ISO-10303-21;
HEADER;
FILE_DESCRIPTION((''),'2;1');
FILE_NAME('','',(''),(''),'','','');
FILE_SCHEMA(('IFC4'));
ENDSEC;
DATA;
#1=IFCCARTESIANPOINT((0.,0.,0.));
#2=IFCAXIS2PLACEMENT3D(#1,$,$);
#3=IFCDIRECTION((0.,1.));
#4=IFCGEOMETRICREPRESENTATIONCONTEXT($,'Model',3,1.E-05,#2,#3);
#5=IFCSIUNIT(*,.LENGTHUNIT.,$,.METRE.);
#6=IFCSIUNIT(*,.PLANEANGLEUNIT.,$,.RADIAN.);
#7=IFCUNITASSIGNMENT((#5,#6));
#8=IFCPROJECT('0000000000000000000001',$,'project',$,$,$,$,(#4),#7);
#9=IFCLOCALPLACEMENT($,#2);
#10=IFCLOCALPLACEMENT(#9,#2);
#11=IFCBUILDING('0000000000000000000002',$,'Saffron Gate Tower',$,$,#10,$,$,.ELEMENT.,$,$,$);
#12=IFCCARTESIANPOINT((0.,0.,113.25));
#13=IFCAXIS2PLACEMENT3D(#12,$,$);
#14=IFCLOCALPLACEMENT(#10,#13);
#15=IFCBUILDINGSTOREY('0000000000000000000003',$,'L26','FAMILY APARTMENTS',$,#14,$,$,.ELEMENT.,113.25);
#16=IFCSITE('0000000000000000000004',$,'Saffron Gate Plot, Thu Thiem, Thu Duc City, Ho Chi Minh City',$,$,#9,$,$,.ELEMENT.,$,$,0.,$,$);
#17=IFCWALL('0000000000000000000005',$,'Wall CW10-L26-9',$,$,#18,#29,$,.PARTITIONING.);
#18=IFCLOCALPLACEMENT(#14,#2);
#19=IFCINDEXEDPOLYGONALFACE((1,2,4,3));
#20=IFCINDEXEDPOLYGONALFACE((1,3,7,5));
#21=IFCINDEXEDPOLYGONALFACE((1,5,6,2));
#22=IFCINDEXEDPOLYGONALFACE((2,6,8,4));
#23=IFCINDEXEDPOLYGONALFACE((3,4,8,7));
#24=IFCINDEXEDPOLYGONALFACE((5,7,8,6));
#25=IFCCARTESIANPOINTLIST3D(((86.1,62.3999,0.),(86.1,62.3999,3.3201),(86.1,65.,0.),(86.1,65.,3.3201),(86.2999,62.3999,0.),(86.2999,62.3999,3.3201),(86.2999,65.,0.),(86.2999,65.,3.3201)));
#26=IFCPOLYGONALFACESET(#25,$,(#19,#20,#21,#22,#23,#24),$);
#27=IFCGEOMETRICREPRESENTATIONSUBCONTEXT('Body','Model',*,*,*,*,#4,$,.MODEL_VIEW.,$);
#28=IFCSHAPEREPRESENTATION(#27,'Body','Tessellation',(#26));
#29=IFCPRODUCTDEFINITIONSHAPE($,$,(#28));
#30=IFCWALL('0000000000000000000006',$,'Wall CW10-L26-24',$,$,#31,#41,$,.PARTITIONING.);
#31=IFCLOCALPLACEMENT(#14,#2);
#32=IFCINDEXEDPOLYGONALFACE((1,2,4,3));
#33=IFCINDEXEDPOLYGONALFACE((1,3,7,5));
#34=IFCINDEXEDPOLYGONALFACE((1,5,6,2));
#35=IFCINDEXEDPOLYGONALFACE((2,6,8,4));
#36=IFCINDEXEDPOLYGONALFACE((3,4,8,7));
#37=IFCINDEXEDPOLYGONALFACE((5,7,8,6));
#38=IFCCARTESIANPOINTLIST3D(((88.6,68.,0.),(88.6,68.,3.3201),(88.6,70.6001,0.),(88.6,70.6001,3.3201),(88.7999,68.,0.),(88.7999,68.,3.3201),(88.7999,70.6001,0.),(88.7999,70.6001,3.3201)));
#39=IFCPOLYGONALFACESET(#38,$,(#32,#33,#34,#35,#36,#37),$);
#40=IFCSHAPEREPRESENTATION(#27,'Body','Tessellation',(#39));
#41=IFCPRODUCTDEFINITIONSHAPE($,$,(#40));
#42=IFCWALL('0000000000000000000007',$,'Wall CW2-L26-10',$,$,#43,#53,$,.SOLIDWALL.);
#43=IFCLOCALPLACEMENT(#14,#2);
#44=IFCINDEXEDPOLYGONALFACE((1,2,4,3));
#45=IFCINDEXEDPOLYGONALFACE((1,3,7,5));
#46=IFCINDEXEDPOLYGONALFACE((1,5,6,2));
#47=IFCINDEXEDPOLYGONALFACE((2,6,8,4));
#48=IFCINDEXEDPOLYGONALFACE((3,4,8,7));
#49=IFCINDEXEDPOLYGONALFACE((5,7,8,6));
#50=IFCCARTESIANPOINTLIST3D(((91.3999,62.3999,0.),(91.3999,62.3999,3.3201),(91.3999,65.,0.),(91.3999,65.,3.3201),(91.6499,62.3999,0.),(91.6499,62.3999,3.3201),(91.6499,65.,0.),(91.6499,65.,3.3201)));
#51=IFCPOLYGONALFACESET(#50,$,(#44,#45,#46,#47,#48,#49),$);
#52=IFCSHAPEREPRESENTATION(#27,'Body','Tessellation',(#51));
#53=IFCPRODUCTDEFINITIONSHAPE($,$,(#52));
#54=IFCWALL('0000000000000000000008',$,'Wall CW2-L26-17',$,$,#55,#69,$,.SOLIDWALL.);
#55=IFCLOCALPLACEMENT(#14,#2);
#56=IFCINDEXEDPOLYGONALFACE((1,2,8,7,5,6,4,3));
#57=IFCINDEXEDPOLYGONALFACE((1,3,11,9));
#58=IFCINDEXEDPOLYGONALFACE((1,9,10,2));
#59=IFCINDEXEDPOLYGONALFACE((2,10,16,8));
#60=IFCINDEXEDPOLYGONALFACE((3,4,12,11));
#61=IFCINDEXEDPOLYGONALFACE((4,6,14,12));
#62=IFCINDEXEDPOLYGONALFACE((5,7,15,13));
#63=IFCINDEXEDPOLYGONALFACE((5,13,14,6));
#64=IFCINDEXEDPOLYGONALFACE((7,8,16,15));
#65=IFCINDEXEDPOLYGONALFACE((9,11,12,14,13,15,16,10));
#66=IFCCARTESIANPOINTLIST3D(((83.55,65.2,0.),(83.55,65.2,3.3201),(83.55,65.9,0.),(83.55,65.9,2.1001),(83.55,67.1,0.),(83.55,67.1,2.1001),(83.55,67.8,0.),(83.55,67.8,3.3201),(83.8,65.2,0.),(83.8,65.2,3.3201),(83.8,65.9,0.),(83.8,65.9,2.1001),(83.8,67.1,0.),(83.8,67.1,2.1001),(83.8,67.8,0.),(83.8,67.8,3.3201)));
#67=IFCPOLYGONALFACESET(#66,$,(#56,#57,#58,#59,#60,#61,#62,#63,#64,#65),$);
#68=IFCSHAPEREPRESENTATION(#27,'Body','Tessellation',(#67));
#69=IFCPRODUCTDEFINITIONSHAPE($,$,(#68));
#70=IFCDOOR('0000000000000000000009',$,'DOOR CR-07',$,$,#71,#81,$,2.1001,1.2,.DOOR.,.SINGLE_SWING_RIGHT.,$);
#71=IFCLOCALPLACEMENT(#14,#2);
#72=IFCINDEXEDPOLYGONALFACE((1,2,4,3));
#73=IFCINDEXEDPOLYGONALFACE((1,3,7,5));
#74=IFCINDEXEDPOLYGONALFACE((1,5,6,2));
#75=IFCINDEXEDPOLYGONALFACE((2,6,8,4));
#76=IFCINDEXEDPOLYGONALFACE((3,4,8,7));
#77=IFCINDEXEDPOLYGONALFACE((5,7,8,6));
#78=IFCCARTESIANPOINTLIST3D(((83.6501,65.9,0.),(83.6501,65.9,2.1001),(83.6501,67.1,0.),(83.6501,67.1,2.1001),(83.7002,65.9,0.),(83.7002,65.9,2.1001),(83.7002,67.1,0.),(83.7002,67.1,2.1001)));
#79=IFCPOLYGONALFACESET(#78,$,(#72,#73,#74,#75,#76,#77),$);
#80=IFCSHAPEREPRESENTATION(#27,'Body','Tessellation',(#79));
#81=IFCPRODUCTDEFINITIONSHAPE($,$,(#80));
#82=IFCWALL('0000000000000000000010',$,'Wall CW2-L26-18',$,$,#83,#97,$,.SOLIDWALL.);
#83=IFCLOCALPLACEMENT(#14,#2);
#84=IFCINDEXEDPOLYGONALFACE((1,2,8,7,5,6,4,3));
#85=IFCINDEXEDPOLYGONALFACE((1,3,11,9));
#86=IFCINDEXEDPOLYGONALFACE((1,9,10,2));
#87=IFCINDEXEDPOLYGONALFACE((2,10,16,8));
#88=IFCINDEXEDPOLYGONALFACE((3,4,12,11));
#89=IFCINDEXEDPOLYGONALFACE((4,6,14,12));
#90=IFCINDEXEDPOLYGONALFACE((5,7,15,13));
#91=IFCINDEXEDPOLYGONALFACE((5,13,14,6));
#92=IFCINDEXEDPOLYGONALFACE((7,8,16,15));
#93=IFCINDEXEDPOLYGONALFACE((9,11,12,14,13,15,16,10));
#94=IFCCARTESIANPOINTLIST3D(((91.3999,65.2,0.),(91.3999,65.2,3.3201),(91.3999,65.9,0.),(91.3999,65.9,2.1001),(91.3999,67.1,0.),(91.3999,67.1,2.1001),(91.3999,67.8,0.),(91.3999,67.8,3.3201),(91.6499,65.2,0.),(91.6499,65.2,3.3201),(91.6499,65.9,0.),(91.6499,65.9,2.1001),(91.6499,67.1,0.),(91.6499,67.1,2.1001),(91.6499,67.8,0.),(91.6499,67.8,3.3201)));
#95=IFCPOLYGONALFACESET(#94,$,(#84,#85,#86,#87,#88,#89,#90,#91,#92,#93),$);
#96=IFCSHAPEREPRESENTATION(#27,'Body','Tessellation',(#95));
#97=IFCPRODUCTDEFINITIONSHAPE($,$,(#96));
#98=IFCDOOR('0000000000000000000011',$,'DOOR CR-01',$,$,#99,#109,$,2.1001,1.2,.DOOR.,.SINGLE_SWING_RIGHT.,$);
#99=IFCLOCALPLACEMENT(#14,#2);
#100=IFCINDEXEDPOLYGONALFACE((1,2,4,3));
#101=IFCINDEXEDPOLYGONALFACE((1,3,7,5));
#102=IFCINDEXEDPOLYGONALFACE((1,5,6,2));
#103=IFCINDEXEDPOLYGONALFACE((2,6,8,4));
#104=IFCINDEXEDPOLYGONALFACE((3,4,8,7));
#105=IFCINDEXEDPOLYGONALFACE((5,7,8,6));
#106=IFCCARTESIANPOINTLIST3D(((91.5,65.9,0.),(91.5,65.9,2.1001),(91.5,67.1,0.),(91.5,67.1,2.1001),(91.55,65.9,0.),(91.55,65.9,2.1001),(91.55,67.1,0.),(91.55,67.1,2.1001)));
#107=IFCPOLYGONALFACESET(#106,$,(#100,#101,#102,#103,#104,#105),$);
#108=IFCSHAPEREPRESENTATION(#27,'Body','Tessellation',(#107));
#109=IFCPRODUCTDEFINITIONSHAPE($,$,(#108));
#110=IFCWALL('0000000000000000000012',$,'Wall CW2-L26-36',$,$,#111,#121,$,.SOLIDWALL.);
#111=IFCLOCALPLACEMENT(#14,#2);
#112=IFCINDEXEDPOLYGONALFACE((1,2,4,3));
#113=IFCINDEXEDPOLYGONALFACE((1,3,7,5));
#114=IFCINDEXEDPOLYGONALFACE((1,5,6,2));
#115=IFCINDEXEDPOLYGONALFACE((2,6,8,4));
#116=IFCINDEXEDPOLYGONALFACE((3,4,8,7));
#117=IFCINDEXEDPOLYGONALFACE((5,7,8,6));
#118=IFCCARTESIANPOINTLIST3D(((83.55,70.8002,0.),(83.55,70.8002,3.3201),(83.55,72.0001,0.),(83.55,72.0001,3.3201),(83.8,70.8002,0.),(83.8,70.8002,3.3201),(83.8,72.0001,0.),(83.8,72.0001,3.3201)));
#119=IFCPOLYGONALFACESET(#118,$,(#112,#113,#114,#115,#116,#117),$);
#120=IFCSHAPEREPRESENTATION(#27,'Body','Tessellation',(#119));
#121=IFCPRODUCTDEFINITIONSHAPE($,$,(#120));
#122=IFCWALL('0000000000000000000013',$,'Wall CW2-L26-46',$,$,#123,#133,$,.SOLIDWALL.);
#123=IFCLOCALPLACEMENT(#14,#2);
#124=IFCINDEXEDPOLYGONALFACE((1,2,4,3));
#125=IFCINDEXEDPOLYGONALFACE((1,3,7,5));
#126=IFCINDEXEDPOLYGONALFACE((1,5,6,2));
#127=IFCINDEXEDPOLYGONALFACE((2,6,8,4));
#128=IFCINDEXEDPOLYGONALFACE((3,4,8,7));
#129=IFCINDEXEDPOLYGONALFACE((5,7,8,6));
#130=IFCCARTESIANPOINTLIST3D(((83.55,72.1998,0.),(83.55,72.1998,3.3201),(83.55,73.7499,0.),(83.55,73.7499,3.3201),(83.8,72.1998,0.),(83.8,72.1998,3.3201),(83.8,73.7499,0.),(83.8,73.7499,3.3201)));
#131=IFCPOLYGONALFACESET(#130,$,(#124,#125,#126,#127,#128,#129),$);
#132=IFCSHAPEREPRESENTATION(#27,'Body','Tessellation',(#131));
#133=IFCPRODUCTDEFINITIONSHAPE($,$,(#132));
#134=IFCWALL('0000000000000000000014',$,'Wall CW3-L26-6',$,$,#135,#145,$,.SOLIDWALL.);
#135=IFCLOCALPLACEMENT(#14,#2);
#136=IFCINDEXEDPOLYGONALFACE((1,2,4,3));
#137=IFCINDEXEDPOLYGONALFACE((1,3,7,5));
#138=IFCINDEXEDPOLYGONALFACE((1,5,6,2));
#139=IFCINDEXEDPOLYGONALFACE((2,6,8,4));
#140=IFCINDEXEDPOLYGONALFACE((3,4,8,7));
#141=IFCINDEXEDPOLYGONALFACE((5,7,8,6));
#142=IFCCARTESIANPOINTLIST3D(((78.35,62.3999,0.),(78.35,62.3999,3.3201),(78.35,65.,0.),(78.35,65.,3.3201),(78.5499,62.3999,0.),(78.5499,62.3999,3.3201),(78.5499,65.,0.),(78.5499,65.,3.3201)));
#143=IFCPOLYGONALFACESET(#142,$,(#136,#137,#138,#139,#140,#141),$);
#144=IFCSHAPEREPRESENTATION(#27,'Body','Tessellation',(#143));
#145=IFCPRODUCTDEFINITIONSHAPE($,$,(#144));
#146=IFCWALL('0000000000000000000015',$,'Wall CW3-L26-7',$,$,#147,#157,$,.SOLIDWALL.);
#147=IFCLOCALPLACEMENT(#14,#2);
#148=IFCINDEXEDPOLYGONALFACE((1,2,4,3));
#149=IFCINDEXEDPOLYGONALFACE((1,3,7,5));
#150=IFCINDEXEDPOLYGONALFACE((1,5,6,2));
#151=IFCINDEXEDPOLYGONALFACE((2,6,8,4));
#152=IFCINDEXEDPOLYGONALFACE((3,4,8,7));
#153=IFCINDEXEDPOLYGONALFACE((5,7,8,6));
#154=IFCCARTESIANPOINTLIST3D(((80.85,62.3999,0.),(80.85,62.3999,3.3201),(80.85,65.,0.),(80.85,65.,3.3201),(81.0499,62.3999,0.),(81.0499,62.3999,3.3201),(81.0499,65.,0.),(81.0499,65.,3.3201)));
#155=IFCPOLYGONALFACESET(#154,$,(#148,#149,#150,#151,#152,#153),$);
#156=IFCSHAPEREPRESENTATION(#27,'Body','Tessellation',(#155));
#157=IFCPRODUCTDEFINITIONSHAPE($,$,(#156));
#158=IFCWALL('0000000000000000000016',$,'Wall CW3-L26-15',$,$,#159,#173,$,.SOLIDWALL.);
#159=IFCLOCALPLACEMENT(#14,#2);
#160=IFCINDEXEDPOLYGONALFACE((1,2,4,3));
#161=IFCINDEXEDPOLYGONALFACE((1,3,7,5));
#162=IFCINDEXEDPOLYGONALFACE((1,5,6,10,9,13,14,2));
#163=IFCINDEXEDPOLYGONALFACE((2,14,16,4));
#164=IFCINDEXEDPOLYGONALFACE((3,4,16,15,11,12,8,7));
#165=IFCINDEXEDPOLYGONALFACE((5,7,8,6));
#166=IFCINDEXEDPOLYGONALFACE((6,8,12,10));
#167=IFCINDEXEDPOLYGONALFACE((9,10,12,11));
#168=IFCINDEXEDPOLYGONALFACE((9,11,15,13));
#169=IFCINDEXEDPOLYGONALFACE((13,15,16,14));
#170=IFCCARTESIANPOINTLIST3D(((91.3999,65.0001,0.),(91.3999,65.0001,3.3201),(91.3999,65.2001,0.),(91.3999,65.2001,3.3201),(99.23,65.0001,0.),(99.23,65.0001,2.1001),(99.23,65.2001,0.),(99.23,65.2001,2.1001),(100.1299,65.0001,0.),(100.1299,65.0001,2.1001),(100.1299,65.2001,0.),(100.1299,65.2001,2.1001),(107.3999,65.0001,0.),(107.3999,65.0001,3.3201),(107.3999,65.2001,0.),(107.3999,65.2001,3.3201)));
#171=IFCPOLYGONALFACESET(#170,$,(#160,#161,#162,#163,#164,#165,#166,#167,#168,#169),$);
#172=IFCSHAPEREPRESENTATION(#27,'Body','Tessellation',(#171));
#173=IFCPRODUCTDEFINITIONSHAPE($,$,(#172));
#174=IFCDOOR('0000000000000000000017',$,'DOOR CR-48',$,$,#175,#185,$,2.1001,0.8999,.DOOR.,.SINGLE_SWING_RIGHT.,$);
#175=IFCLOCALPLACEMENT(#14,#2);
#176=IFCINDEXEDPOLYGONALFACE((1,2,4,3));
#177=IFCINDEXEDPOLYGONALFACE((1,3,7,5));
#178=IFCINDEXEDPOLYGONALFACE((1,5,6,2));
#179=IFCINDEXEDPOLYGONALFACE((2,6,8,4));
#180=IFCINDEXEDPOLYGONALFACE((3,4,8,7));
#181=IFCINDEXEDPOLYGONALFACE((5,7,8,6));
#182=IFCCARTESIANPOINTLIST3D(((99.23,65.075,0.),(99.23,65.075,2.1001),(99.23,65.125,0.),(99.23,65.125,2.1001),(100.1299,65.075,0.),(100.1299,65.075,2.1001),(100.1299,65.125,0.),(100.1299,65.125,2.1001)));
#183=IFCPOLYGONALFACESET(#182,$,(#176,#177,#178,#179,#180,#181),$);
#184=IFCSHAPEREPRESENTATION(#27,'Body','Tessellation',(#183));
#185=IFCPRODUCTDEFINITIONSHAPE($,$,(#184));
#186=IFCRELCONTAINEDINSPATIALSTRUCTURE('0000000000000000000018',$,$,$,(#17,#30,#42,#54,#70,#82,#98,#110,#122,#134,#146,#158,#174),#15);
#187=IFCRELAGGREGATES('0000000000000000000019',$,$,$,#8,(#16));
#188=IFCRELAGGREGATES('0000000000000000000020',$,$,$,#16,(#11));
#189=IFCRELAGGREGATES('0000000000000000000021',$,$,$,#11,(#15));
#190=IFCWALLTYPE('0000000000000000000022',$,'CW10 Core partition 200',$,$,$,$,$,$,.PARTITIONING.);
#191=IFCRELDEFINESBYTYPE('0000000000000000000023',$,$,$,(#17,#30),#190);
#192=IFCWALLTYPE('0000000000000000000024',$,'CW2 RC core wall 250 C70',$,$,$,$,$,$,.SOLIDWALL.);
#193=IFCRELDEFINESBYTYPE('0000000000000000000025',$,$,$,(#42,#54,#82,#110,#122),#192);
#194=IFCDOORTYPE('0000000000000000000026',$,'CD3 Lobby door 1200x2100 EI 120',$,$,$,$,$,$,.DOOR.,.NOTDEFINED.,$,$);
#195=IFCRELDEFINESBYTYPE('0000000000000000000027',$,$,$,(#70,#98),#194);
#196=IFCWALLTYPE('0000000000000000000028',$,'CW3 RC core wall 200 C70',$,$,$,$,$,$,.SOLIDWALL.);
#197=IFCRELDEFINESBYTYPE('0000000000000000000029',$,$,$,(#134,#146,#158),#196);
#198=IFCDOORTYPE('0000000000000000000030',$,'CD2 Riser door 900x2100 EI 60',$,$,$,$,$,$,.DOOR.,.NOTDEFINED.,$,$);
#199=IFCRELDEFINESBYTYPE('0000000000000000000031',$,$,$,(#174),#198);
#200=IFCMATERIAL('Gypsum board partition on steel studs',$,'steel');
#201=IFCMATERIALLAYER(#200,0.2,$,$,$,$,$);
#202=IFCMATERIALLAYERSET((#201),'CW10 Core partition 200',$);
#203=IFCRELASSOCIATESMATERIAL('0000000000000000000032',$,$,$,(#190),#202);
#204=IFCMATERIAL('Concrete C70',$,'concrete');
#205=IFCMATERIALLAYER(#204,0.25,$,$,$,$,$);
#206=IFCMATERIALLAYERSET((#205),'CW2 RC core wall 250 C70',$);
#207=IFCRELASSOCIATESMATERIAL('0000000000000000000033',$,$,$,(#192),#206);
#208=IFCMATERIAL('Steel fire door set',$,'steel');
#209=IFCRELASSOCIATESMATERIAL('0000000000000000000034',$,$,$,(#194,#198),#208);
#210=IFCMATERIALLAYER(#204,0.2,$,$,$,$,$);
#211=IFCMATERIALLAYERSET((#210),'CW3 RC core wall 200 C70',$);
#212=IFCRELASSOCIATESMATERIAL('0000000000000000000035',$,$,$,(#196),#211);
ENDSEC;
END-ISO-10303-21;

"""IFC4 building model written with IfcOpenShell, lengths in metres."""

from ifc_helpers import new_model, si_unit, direction, frame, frame_2d, origin, place, context, subcontext, project, spatial, rectangle, extrude, material, layer, layer_set, type_object, element, fill, save


model = new_model("IFC4")

# Units and contexts
model_context = context("Model", 3, precision=1e-05, world=origin(), true_north=direction((0.0, 1.0)))
body_context = subcontext(model_context, "Body", "Model", "MODEL_VIEW")
ifc_project = project(units=[si_unit("LENGTHUNIT", "METRE"), si_unit("PLANEANGLEUNIT", "RADIAN")], contexts=[model_context])

# Site, building, storey
site_placement = place(None, origin())
site = spatial("IfcSite", under=ifc_project, at=site_placement, Name="Saffron Gate Plot, Thu Thiem, Thu Duc City, Ho Chi Minh City", CompositionType="ELEMENT", RefElevation=0.0)
building_placement = place(site_placement, origin())
building = spatial("IfcBuilding", under=site, at=building_placement, Name="Saffron Gate Tower", CompositionType="ELEMENT")
storey_placement = place(building_placement, frame((0.0, 0.0, 113.25)))
storey = spatial("IfcBuildingStorey", under=building, at=storey_placement, Name="L26", Description="FAMILY APARTMENTS", CompositionType="ELEMENT", Elevation=113.25)

# Walls
ifc_material_1 = material(Name="Gypsum board partition on steel studs", Category="steel")
ifc_layer_1 = layer(ifc_material_1, 0.2)
ifc_layer_set_1 = layer_set([ifc_layer_1], Name="CW10 Core partition 200")
wall_type_1 = type_object("IfcWallType", Name="CW10 Core partition 200", PredefinedType="PARTITIONING", material=ifc_layer_set_1)
for number, where, z_axis, x_axis, name in (
    (1, (86.2, 62.3999, 0.0), (0.0, 0.0, 1.0), (0.0, 1.0, 0.0), "Wall CW10-L26-9"),
    (2, (88.7, 68.0, 0.0), (0.0, 0.0, 1.0), (0.0, 1.0, 0.0), "Wall CW10-L26-24"),
):
    element("IfcWall", number, at=place(storey_placement, frame(where, z_axis=z_axis, x_axis=x_axis)), inside=storey, type_object=wall_type_1, Name=name, PredefinedType="PARTITIONING", context=body_context, shape_type="SweptSolid", body=[
        extrude(rectangle(XDim=2.6001, YDim=0.2, at=frame_2d((1.3, 0.0))), origin(), (0.0, 0.0, 1.0), 3.3201),
    ])
ifc_material_2 = material(Name="Concrete C70", Category="concrete")
ifc_layer_2 = layer(ifc_material_2, 0.25)
ifc_layer_set_2 = layer_set([ifc_layer_2], Name="CW2 RC core wall 250 C70")
wall_type_2 = type_object("IfcWallType", Name="CW2 RC core wall 250 C70", PredefinedType="SOLIDWALL", material=ifc_layer_set_2)
wall_1_placement = place(storey_placement, frame((91.5249, 62.3999, 0.0), z_axis=(0.0, 0.0, 1.0), x_axis=(0.0, 1.0, 0.0)))
element("IfcWall", 3, at=wall_1_placement, inside=storey, type_object=wall_type_2, Name="Wall CW2-L26-10", PredefinedType="SOLIDWALL", context=body_context, shape_type="SweptSolid", body=[
    extrude(rectangle(XDim=2.6001, YDim=0.25, at=frame_2d((1.3, 0.0))), origin(), (0.0, 0.0, 1.0), 3.3201),
])

# Walls, openings, doors
wall_2_placement = place(storey_placement, frame((83.675, 65.2, 0.0), z_axis=(0.0, 0.0, 1.0), x_axis=(0.0, 1.0, 0.0)))
wall_2 = element("IfcWall", 4, at=wall_2_placement, inside=storey, type_object=wall_type_2, Name="Wall CW2-L26-17", PredefinedType="SOLIDWALL", context=body_context, shape_type="SweptSolid", body=[
    extrude(rectangle(XDim=2.6001, YDim=0.25, at=frame_2d((1.3, 0.0))), origin(), (0.0, 0.0, 1.0), 3.3201),
])
opening_1_placement = place(wall_2_placement, frame((0.7, 0.0, 0.0)))
opening_1 = element("IfcOpeningElement", 5, at=opening_1_placement, cuts=wall_2, PredefinedType="OPENING", context=body_context, shape_type="SweptSolid", body=[
    extrude(rectangle(XDim=1.2, YDim=2.1001, at=frame_2d((0.6001, 1.05))), frame((0.0, 0.135, 0.0), z_axis=(0.0, -1.0, 0.0), x_axis=(1.0, 0.0, 0.0)), (0.0, 0.0, 1.0), 0.27),
])
ifc_material_3 = material(Name="Steel fire door set", Category="steel")
door_type_1 = type_object("IfcDoorType", Name="CD3 Lobby door 1200x2100 EI 120", OperationType="NOTDEFINED", PredefinedType="DOOR", material=ifc_material_3)
door_1_placement = place(opening_1_placement, origin())
door_1 = element("IfcDoor", 6, at=door_1_placement, inside=storey, type_object=door_type_1, Name="DOOR CR-07", OperationType="SINGLE_SWING_RIGHT", OverallHeight=2.1001, OverallWidth=1.2, PredefinedType="DOOR", context=body_context, shape_type="SweptSolid", body=[
    extrude(rectangle(XDim=1.2, YDim=2.1001, at=frame_2d((0.6001, 1.05))), frame((0.0, 0.0249, 0.0), z_axis=(0.0, -1.0, 0.0), x_axis=(1.0, 0.0, 0.0)), (0.0, 0.0, 1.0), 0.05),
])
fill(opening_1, door_1)
wall_3_placement = place(storey_placement, frame((91.5249, 65.2, 0.0), z_axis=(0.0, 0.0, 1.0), x_axis=(0.0, 1.0, 0.0)))
wall_3 = element("IfcWall", 7, at=wall_3_placement, inside=storey, type_object=wall_type_2, Name="Wall CW2-L26-18", PredefinedType="SOLIDWALL", context=body_context, shape_type="SweptSolid", body=[
    extrude(rectangle(XDim=2.6001, YDim=0.25, at=frame_2d((1.3, 0.0))), origin(), (0.0, 0.0, 1.0), 3.3201),
])
opening_2_placement = place(wall_3_placement, frame((0.7, 0.0, 0.0)))
opening_2 = element("IfcOpeningElement", 8, at=opening_2_placement, cuts=wall_3, PredefinedType="OPENING", context=body_context, shape_type="SweptSolid", body=[
    extrude(rectangle(XDim=1.2, YDim=2.1001, at=frame_2d((0.6001, 1.05))), frame((0.0, 0.135, 0.0), z_axis=(0.0, -1.0, 0.0), x_axis=(1.0, 0.0, 0.0)), (0.0, 0.0, 1.0), 0.27),
])
door_2_placement = place(opening_2_placement, origin())
door_2 = element("IfcDoor", 9, at=door_2_placement, inside=storey, type_object=door_type_1, Name="DOOR CR-01", OperationType="SINGLE_SWING_RIGHT", OverallHeight=2.1001, OverallWidth=1.2, PredefinedType="DOOR", context=body_context, shape_type="SweptSolid", body=[
    extrude(rectangle(XDim=1.2, YDim=2.1001, at=frame_2d((0.6001, 1.05))), frame((0.0, 0.0249, 0.0), z_axis=(0.0, -1.0, 0.0), x_axis=(1.0, 0.0, 0.0)), (0.0, 0.0, 1.0), 0.05),
])
fill(opening_2, door_2)

# Walls
wall_4_placement = place(storey_placement, frame((83.675, 70.8, 0.0), z_axis=(0.0, 0.0, 1.0), x_axis=(0.0, 1.0, 0.0)))
element("IfcWall", 10, at=wall_4_placement, inside=storey, type_object=wall_type_2, Name="Wall CW2-L26-36", PredefinedType="SOLIDWALL", context=body_context, shape_type="SweptSolid", body=[
    extrude(rectangle(XDim=1.2, YDim=0.25, at=frame_2d((0.6001, 0.0))), origin(), (0.0, 0.0, 1.0), 3.3201),
])
wall_5_placement = place(storey_placement, frame((83.675, 72.2, 0.0), z_axis=(0.0, 0.0, 1.0), x_axis=(0.0, 1.0, 0.0)))
element("IfcWall", 11, at=wall_5_placement, inside=storey, type_object=wall_type_2, Name="Wall CW2-L26-46", PredefinedType="SOLIDWALL", context=body_context, shape_type="SweptSolid", body=[
    extrude(rectangle(XDim=1.55, YDim=0.25, at=frame_2d((0.7749, 0.0))), origin(), (0.0, 0.0, 1.0), 3.3201),
])
ifc_layer_3 = layer(ifc_material_2, 0.2)
ifc_layer_set_3 = layer_set([ifc_layer_3], Name="CW3 RC core wall 200 C70")
wall_type_3 = type_object("IfcWallType", Name="CW3 RC core wall 200 C70", PredefinedType="SOLIDWALL", material=ifc_layer_set_3)
for number, where, z_axis, x_axis, name in (
    (12, (78.45, 62.3999, 0.0), (0.0, 0.0, 1.0), (0.0, 1.0, 0.0), "Wall CW3-L26-6"),
    (13, (80.95, 62.3999, 0.0), (0.0, 0.0, 1.0), (0.0, 1.0, 0.0), "Wall CW3-L26-7"),
):
    element("IfcWall", number, at=place(storey_placement, frame(where, z_axis=z_axis, x_axis=x_axis)), inside=storey, type_object=wall_type_3, Name=name, PredefinedType="SOLIDWALL", context=body_context, shape_type="SweptSolid", body=[
        extrude(rectangle(XDim=2.6001, YDim=0.2, at=frame_2d((1.3, 0.0))), origin(), (0.0, 0.0, 1.0), 3.3201),
    ])

# Wall, opening, door
wall_6_placement = place(storey_placement, frame((91.3999, 65.1001, 0.0), z_axis=(0.0, 0.0, 1.0), x_axis=(1.0, 0.0, 0.0)))
wall_6 = element("IfcWall", 14, at=wall_6_placement, inside=storey, type_object=wall_type_3, Name="Wall CW3-L26-15", PredefinedType="SOLIDWALL", context=body_context, shape_type="SweptSolid", body=[
    extrude(rectangle(XDim=16.0, YDim=0.2, at=frame_2d((8.0, 0.0))), origin(), (0.0, 0.0, 1.0), 3.3201),
])
opening_3_placement = place(wall_6_placement, frame((7.8301, 0.0, 0.0)))
opening_3 = element("IfcOpeningElement", 15, at=opening_3_placement, cuts=wall_6, PredefinedType="OPENING", context=body_context, shape_type="SweptSolid", body=[
    extrude(rectangle(XDim=0.8999, YDim=2.1001, at=frame_2d((0.45, 1.05))), frame((0.0, 0.1099, 0.0), z_axis=(0.0, -1.0, 0.0), x_axis=(1.0, 0.0, 0.0)), (0.0, 0.0, 1.0), 0.22),
])
door_type_2 = type_object("IfcDoorType", Name="CD2 Riser door 900x2100 EI 60", OperationType="NOTDEFINED", PredefinedType="DOOR", material=ifc_material_3)
door_3_placement = place(opening_3_placement, origin())
door_3 = element("IfcDoor", 16, at=door_3_placement, inside=storey, type_object=door_type_2, Name="DOOR CR-48", OperationType="SINGLE_SWING_RIGHT", OverallHeight=2.1001, OverallWidth=0.8999, PredefinedType="DOOR", context=body_context, shape_type="SweptSolid", body=[
    extrude(rectangle(XDim=0.8999, YDim=2.1001, at=frame_2d((0.45, 1.05))), frame((0.0, 0.0249, 0.0), z_axis=(0.0, -1.0, 0.0), x_axis=(1.0, 0.0, 0.0)), (0.0, 0.0, 1.0), 0.05),
])
fill(opening_3, door_3)

save(model, "model.ifc")
